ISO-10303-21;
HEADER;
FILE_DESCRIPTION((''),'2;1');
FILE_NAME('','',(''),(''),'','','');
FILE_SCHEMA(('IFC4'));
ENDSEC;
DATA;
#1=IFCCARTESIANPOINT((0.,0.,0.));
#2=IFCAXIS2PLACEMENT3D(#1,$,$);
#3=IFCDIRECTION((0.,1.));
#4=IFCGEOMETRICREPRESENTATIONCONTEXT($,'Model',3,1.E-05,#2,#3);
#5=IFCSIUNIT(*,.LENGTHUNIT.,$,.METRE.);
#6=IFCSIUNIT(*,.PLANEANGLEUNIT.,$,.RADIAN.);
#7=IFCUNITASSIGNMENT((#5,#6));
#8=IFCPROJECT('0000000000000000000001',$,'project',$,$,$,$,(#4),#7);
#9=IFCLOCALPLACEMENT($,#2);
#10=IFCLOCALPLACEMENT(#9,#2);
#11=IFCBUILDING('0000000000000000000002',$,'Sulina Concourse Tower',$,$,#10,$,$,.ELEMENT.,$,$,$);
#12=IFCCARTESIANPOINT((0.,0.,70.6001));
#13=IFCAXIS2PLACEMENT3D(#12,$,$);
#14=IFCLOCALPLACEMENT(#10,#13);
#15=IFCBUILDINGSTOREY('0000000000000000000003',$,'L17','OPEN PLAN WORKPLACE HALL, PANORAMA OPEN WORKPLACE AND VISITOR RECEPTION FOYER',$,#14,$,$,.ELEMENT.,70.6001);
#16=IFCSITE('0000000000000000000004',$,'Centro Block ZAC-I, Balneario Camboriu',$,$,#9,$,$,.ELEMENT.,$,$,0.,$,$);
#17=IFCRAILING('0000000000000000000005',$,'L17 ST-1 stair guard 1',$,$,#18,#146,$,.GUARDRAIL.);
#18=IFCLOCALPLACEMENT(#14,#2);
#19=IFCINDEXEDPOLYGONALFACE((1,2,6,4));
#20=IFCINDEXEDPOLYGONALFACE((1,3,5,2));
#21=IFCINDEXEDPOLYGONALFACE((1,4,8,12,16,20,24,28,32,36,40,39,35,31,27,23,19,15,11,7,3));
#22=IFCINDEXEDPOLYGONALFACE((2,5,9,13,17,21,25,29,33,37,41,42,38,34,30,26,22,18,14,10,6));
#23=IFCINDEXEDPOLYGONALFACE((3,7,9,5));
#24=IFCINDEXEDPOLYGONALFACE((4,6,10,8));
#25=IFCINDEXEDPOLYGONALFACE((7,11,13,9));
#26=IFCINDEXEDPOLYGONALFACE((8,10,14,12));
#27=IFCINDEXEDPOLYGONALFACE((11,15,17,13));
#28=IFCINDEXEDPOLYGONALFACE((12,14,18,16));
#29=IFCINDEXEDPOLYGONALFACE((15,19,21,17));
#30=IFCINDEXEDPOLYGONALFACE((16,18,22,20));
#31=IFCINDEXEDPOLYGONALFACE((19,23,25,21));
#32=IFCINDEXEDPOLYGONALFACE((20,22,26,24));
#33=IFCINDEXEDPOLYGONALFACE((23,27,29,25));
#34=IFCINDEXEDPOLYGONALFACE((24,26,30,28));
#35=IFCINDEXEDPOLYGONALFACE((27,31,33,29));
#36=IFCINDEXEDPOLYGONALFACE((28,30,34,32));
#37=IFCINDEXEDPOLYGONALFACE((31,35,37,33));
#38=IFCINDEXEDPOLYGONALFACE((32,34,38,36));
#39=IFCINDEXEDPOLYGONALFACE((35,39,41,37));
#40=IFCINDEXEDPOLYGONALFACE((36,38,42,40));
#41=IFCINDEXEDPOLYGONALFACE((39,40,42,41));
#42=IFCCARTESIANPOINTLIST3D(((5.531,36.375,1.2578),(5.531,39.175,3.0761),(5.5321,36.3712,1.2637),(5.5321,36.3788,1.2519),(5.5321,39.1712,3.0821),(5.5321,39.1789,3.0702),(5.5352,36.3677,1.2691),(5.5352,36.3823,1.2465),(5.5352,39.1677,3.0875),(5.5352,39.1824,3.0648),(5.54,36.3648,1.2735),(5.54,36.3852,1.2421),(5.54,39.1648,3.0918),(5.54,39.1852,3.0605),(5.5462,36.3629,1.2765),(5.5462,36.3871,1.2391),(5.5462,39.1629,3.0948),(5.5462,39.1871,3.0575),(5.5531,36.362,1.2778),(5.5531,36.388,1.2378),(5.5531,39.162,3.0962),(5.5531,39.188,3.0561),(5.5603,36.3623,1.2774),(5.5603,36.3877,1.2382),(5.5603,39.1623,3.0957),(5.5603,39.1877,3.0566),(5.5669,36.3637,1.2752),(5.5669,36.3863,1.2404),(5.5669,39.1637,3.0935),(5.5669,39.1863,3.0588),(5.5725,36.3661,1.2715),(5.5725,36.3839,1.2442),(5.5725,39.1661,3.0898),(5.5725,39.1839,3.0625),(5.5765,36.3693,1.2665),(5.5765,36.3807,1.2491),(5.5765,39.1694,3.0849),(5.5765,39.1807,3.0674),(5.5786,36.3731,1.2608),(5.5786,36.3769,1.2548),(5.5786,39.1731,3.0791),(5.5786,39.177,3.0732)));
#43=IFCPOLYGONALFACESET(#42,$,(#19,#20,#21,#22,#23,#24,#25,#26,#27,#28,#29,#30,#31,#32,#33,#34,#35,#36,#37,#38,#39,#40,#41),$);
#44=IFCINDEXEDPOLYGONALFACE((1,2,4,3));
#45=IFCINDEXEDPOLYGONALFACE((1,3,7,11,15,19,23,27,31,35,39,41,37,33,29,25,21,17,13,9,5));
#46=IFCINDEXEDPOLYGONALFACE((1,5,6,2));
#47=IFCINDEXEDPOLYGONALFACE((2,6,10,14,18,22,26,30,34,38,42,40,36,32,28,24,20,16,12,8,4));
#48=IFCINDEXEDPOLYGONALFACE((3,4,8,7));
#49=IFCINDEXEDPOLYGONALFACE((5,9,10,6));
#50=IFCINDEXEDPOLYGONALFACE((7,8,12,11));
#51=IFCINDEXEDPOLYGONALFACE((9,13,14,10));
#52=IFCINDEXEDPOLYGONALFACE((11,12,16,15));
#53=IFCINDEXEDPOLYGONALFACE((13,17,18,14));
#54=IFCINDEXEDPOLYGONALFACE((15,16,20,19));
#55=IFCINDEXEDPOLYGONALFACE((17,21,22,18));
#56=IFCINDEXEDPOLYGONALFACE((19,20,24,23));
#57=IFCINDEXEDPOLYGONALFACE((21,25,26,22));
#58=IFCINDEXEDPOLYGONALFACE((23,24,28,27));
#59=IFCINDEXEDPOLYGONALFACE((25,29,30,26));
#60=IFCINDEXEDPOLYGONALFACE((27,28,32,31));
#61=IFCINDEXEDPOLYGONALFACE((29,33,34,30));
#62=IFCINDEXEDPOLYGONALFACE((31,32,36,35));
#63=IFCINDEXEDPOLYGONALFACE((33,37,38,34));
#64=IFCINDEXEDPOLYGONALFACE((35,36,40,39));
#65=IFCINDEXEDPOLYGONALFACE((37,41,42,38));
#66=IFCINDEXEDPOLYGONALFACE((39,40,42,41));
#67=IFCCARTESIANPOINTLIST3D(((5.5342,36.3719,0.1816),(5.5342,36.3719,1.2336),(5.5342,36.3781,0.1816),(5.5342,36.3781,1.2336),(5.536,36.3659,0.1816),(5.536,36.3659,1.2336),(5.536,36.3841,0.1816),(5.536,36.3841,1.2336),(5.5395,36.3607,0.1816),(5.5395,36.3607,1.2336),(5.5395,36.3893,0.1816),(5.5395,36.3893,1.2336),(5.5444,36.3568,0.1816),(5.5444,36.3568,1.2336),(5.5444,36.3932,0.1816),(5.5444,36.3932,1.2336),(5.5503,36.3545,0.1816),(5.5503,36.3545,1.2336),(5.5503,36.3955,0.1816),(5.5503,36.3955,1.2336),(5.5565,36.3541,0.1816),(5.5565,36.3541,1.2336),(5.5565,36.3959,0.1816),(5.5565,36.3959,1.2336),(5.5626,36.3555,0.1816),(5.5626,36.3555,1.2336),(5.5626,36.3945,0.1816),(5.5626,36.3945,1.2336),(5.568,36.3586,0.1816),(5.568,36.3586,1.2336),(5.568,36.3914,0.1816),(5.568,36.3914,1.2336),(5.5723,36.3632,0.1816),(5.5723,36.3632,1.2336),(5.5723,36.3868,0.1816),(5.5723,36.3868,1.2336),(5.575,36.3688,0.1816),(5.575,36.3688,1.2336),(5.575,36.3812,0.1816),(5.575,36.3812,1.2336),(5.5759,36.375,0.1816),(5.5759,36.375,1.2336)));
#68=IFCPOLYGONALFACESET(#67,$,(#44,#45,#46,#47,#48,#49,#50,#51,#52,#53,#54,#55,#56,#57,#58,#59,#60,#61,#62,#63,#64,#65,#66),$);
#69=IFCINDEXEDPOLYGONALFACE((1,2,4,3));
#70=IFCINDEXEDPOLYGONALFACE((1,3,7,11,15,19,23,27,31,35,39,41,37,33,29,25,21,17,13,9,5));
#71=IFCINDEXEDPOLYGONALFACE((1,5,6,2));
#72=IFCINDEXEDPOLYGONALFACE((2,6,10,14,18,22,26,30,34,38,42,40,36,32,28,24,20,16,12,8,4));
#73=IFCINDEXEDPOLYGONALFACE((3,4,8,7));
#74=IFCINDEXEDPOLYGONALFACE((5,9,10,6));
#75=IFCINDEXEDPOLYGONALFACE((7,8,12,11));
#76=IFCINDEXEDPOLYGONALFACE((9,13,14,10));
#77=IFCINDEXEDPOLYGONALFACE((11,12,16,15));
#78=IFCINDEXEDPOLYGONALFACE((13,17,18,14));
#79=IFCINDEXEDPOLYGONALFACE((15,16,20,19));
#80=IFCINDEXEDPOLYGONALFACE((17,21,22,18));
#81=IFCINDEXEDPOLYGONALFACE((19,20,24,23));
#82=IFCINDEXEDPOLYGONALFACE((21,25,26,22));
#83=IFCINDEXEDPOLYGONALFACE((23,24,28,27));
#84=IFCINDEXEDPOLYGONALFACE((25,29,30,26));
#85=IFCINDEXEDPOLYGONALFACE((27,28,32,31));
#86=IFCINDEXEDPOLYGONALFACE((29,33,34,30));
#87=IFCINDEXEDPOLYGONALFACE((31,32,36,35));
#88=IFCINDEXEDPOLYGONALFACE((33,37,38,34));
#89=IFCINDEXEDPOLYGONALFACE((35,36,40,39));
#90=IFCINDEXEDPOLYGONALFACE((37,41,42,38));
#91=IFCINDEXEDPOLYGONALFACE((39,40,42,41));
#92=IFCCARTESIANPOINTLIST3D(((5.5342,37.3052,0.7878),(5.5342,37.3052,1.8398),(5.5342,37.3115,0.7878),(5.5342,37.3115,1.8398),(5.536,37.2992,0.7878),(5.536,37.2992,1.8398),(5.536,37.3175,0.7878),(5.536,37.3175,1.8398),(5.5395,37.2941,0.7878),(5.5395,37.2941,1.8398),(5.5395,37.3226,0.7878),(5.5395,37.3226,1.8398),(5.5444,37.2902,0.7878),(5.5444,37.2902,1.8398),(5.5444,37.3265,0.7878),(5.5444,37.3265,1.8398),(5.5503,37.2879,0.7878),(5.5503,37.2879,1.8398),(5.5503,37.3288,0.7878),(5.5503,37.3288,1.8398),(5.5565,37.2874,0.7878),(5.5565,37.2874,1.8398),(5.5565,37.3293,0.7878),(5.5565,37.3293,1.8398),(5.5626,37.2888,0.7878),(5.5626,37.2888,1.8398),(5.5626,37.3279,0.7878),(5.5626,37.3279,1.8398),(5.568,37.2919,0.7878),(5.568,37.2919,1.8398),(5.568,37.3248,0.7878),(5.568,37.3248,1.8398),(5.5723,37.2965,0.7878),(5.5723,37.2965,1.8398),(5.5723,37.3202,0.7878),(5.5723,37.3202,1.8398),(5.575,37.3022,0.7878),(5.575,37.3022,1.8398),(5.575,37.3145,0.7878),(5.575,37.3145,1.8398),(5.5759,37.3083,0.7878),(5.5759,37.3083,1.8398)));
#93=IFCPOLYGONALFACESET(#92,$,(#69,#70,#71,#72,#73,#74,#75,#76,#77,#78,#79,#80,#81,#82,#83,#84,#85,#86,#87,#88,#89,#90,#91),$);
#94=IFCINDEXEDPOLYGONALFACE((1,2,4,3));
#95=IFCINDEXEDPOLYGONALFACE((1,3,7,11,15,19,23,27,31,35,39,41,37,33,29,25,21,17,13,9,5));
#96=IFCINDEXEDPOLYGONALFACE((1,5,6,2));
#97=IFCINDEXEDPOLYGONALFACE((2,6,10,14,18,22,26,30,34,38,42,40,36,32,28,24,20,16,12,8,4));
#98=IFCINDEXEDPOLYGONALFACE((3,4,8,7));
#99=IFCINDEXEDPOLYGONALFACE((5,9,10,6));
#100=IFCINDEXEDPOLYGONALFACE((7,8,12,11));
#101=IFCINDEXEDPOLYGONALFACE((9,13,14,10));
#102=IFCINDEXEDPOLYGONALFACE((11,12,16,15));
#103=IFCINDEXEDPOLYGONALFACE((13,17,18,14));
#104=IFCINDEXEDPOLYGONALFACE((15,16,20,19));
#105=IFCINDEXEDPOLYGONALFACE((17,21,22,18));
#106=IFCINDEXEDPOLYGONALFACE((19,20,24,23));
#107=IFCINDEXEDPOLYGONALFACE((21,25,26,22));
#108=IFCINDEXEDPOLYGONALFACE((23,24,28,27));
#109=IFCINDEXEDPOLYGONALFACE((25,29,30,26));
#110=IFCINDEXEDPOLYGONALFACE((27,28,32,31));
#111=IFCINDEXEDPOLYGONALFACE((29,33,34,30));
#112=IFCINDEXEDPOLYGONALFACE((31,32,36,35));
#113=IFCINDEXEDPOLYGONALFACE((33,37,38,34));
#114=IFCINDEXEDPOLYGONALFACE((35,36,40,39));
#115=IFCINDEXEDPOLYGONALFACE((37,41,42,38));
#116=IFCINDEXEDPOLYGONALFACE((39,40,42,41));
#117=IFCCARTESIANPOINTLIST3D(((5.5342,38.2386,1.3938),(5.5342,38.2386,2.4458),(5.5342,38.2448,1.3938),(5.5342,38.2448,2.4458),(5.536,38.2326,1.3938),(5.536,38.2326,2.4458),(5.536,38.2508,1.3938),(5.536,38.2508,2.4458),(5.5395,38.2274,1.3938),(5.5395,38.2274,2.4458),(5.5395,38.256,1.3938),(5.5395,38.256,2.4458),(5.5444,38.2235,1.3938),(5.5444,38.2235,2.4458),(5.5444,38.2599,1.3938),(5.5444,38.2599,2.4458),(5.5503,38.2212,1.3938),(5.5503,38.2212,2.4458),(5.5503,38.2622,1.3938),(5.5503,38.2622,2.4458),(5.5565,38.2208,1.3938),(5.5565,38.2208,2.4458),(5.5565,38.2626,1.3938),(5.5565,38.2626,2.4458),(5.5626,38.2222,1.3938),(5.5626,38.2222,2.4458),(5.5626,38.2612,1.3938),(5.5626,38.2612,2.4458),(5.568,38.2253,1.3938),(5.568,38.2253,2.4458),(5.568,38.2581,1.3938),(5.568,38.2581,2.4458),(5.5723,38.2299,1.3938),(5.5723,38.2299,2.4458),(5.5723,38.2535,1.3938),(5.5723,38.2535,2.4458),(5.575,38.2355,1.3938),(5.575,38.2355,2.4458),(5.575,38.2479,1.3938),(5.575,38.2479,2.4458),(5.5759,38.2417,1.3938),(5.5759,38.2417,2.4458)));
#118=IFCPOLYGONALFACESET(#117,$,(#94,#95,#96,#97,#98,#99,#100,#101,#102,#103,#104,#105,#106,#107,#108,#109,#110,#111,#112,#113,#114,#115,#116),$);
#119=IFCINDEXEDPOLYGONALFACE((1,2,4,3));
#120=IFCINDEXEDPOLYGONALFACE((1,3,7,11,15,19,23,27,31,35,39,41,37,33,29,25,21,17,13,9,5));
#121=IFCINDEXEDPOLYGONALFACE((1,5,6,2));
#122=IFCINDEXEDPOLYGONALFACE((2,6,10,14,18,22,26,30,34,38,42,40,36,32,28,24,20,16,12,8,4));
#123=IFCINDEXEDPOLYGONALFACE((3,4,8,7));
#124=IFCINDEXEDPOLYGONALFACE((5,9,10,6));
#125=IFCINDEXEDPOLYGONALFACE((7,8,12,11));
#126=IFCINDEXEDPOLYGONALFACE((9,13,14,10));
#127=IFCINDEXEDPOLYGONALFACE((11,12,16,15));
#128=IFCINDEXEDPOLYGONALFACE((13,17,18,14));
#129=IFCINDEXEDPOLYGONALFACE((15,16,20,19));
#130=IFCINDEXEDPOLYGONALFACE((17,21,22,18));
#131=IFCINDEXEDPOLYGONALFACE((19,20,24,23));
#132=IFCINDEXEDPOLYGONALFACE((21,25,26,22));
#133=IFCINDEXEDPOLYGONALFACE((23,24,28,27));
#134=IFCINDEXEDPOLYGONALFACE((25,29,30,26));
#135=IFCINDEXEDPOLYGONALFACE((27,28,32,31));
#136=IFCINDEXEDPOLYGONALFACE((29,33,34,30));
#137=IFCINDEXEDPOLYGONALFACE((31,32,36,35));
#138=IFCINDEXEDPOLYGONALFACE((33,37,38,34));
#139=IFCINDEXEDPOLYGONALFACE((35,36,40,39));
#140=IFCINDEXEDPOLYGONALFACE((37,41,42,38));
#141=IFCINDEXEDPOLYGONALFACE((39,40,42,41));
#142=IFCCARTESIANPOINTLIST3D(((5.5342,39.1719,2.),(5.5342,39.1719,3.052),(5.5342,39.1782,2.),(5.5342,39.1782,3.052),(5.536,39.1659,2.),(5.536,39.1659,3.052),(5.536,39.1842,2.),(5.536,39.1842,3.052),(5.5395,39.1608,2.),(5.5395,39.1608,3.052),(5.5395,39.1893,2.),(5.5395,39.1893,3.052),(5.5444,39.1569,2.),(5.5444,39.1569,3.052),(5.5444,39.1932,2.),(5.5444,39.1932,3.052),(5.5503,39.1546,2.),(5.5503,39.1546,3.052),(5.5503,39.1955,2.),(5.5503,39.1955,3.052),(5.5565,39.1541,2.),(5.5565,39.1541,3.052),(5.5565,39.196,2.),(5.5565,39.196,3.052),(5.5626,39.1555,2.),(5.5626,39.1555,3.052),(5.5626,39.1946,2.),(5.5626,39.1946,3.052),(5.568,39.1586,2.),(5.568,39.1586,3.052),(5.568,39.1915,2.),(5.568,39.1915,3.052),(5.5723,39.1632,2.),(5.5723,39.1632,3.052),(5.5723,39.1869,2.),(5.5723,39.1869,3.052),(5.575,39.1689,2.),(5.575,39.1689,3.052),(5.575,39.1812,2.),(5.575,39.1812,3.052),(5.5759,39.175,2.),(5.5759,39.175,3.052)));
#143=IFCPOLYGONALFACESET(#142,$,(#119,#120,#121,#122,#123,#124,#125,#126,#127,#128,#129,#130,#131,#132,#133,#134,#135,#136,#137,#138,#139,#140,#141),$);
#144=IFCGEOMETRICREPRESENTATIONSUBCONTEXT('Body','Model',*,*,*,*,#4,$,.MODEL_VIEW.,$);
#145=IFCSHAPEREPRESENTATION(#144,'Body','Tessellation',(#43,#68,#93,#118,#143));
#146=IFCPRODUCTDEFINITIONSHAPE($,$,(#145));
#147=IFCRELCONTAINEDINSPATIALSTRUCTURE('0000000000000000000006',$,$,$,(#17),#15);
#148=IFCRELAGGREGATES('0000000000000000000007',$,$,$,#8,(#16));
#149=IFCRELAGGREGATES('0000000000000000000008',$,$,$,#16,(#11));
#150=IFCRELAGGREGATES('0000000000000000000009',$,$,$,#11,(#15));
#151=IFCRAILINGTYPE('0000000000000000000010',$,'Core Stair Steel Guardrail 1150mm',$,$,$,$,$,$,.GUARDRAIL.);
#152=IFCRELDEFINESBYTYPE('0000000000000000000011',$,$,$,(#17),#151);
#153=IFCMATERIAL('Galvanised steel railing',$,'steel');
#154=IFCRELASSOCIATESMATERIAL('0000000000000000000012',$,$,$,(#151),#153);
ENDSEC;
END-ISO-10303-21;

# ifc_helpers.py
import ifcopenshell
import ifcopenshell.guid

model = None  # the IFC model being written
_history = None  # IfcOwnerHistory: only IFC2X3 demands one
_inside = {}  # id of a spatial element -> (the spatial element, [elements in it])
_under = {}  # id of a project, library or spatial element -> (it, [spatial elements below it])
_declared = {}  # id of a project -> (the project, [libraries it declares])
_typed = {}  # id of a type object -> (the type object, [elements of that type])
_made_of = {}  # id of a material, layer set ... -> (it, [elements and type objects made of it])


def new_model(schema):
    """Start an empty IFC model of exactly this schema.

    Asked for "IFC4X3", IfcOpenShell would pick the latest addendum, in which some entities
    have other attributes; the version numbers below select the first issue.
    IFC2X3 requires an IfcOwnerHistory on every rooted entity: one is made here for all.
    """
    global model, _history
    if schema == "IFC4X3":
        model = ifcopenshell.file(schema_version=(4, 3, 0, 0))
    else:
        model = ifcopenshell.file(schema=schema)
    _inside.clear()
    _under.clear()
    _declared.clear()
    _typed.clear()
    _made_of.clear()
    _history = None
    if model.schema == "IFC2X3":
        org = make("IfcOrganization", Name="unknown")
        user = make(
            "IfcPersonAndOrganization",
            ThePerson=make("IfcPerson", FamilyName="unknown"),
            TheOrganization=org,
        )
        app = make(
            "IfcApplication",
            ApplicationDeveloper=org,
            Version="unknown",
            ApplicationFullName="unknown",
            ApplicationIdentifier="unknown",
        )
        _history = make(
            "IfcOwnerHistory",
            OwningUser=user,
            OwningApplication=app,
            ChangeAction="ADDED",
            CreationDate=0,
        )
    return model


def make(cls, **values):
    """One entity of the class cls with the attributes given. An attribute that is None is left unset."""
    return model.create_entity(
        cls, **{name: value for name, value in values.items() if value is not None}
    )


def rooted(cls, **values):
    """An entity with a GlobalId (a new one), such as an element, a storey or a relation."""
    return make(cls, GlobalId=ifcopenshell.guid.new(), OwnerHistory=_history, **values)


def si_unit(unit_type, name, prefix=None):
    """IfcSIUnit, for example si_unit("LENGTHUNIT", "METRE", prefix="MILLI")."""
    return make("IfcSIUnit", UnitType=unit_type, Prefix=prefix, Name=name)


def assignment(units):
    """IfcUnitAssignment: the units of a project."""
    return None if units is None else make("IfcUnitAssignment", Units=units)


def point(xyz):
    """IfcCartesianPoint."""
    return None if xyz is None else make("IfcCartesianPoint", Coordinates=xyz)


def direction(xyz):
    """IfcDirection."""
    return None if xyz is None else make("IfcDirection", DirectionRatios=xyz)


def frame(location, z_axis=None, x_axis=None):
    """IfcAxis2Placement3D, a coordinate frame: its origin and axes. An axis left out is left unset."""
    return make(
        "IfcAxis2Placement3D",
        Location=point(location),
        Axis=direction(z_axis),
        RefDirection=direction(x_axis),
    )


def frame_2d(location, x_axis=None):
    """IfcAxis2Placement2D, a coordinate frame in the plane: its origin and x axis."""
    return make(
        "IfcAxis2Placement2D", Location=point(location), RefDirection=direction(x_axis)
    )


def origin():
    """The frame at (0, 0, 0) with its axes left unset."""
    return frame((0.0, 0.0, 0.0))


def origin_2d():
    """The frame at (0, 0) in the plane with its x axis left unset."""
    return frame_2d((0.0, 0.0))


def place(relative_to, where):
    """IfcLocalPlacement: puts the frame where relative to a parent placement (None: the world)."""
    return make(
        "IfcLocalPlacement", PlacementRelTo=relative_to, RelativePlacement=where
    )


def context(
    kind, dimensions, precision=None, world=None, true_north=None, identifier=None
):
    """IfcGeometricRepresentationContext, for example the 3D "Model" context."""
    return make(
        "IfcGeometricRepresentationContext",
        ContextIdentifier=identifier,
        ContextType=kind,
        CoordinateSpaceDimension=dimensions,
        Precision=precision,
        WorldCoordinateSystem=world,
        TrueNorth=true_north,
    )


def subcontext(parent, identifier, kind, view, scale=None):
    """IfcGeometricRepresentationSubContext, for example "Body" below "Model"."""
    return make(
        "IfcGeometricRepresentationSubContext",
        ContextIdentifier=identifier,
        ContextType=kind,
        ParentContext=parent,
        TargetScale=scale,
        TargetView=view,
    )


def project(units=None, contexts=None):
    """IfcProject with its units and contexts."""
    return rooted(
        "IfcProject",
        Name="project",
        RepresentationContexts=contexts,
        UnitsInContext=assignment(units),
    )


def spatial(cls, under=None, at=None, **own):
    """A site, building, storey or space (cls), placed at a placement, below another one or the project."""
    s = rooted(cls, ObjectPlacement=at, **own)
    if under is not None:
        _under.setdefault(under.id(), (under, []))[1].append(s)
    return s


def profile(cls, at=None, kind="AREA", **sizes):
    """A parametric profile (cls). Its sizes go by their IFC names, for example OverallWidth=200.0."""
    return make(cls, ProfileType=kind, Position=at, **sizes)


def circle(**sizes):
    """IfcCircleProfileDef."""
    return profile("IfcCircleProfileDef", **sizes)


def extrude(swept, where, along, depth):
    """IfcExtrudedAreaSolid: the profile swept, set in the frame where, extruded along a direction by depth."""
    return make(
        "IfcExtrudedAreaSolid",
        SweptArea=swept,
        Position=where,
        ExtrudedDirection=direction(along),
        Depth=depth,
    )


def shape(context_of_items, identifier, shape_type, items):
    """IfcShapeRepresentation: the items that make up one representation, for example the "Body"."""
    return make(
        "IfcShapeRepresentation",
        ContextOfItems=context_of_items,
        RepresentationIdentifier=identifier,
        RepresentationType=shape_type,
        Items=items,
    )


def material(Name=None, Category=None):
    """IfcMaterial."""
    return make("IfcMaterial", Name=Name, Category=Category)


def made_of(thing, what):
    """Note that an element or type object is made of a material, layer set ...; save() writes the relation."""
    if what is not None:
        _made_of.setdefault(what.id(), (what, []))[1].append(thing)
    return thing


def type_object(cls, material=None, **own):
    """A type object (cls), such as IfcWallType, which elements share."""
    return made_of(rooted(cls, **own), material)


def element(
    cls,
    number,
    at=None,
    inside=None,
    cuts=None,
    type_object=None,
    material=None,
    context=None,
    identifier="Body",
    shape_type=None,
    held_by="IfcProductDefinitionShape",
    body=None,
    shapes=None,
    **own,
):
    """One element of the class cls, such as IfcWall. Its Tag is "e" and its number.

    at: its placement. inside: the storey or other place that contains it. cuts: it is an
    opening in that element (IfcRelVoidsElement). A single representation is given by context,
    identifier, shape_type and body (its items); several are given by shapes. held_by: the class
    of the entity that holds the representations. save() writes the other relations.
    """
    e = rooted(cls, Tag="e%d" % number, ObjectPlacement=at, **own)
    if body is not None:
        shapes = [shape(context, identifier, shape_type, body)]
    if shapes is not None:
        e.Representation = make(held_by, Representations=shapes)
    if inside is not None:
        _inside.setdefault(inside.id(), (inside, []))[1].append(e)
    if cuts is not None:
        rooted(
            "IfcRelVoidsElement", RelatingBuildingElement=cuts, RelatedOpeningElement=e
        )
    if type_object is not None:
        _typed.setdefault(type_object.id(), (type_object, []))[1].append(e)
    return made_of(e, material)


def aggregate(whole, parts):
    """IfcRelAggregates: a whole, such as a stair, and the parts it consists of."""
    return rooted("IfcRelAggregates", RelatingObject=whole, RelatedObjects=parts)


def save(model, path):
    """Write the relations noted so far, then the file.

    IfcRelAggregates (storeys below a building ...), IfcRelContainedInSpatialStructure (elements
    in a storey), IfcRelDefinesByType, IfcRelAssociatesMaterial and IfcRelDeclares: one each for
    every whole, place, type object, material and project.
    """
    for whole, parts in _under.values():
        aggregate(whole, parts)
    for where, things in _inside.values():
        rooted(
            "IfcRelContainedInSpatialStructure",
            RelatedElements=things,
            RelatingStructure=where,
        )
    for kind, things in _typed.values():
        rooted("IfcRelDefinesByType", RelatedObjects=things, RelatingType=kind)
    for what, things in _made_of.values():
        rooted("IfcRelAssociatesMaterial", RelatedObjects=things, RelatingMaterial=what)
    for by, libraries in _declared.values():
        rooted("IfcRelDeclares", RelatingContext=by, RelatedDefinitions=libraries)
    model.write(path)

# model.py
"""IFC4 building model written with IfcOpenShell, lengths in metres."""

from ifc_helpers import new_model, si_unit, direction, frame, origin, origin_2d, place, context, subcontext, project, spatial, circle, extrude, material, type_object, element, save


model = new_model("IFC4")

# Units and contexts
model_context = context("Model", 3, precision=1e-05, world=origin(), true_north=direction((0.0, 1.0)))
body_context = subcontext(model_context, "Body", "Model", "MODEL_VIEW")
ifc_project = project(units=[si_unit("LENGTHUNIT", "METRE"), si_unit("PLANEANGLEUNIT", "RADIAN")], contexts=[model_context])

# Site, building, storey
site_placement = place(None, origin())
site = spatial("IfcSite", under=ifc_project, at=site_placement, Name="Centro Block ZAC-I, Balneario Camboriu", CompositionType="ELEMENT", RefElevation=0.0)
building_placement = place(site_placement, origin())
building = spatial("IfcBuilding", under=site, at=building_placement, Name="Sulina Concourse Tower", CompositionType="ELEMENT")
storey_placement = place(building_placement, frame((0.0, 0.0, 70.6001)))
storey = spatial("IfcBuildingStorey", under=building, at=storey_placement, Name="L17", Description="OPEN PLAN WORKPLACE HALL, PANORAMA OPEN WORKPLACE AND VISITOR RECEPTION FOYER", CompositionType="ELEMENT", Elevation=70.6001)

# Railing
ifc_material_1 = material(Name="Galvanised steel railing", Category="steel")
railing_type_1 = type_object("IfcRailingType", Name="Core Stair Steel Guardrail 1150mm", PredefinedType="GUARDRAIL", material=ifc_material_1)
railing_1_placement = place(storey_placement, frame((5.5549, 36.375, 0.1816)))
element("IfcRailing", 1, at=railing_1_placement, inside=storey, type_object=railing_type_1, Name="L17 ST-1 stair guard 1", PredefinedType="GUARDRAIL", context=body_context, shape_type="SweptSolid", body=[
    extrude(circle(Radius=0.0239, at=origin_2d()), frame((0.0, 0.0, 1.0762), z_axis=(0.0, 0.838672, 0.544636), x_axis=(-1.0, 0.0, 0.0)), (0.0, 0.0, 1.0), 3.3386),
    extrude(circle(Radius=0.021, at=origin_2d()), origin(), (0.0, 0.0, 1.0), 1.052),
    extrude(circle(Radius=0.021, at=origin_2d()), frame((0.0, 0.9333, 0.6062)), (0.0, 0.0, 1.0), 1.052),
    extrude(circle(Radius=0.021, at=origin_2d()), frame((0.0, 1.8667, 1.2122)), (0.0, 0.0, 1.0), 1.052),
    extrude(circle(Radius=0.021, at=origin_2d()), frame((0.0, 2.8, 1.8184)), (0.0, 0.0, 1.0), 1.052),
])

save(model, "model.ifc")
